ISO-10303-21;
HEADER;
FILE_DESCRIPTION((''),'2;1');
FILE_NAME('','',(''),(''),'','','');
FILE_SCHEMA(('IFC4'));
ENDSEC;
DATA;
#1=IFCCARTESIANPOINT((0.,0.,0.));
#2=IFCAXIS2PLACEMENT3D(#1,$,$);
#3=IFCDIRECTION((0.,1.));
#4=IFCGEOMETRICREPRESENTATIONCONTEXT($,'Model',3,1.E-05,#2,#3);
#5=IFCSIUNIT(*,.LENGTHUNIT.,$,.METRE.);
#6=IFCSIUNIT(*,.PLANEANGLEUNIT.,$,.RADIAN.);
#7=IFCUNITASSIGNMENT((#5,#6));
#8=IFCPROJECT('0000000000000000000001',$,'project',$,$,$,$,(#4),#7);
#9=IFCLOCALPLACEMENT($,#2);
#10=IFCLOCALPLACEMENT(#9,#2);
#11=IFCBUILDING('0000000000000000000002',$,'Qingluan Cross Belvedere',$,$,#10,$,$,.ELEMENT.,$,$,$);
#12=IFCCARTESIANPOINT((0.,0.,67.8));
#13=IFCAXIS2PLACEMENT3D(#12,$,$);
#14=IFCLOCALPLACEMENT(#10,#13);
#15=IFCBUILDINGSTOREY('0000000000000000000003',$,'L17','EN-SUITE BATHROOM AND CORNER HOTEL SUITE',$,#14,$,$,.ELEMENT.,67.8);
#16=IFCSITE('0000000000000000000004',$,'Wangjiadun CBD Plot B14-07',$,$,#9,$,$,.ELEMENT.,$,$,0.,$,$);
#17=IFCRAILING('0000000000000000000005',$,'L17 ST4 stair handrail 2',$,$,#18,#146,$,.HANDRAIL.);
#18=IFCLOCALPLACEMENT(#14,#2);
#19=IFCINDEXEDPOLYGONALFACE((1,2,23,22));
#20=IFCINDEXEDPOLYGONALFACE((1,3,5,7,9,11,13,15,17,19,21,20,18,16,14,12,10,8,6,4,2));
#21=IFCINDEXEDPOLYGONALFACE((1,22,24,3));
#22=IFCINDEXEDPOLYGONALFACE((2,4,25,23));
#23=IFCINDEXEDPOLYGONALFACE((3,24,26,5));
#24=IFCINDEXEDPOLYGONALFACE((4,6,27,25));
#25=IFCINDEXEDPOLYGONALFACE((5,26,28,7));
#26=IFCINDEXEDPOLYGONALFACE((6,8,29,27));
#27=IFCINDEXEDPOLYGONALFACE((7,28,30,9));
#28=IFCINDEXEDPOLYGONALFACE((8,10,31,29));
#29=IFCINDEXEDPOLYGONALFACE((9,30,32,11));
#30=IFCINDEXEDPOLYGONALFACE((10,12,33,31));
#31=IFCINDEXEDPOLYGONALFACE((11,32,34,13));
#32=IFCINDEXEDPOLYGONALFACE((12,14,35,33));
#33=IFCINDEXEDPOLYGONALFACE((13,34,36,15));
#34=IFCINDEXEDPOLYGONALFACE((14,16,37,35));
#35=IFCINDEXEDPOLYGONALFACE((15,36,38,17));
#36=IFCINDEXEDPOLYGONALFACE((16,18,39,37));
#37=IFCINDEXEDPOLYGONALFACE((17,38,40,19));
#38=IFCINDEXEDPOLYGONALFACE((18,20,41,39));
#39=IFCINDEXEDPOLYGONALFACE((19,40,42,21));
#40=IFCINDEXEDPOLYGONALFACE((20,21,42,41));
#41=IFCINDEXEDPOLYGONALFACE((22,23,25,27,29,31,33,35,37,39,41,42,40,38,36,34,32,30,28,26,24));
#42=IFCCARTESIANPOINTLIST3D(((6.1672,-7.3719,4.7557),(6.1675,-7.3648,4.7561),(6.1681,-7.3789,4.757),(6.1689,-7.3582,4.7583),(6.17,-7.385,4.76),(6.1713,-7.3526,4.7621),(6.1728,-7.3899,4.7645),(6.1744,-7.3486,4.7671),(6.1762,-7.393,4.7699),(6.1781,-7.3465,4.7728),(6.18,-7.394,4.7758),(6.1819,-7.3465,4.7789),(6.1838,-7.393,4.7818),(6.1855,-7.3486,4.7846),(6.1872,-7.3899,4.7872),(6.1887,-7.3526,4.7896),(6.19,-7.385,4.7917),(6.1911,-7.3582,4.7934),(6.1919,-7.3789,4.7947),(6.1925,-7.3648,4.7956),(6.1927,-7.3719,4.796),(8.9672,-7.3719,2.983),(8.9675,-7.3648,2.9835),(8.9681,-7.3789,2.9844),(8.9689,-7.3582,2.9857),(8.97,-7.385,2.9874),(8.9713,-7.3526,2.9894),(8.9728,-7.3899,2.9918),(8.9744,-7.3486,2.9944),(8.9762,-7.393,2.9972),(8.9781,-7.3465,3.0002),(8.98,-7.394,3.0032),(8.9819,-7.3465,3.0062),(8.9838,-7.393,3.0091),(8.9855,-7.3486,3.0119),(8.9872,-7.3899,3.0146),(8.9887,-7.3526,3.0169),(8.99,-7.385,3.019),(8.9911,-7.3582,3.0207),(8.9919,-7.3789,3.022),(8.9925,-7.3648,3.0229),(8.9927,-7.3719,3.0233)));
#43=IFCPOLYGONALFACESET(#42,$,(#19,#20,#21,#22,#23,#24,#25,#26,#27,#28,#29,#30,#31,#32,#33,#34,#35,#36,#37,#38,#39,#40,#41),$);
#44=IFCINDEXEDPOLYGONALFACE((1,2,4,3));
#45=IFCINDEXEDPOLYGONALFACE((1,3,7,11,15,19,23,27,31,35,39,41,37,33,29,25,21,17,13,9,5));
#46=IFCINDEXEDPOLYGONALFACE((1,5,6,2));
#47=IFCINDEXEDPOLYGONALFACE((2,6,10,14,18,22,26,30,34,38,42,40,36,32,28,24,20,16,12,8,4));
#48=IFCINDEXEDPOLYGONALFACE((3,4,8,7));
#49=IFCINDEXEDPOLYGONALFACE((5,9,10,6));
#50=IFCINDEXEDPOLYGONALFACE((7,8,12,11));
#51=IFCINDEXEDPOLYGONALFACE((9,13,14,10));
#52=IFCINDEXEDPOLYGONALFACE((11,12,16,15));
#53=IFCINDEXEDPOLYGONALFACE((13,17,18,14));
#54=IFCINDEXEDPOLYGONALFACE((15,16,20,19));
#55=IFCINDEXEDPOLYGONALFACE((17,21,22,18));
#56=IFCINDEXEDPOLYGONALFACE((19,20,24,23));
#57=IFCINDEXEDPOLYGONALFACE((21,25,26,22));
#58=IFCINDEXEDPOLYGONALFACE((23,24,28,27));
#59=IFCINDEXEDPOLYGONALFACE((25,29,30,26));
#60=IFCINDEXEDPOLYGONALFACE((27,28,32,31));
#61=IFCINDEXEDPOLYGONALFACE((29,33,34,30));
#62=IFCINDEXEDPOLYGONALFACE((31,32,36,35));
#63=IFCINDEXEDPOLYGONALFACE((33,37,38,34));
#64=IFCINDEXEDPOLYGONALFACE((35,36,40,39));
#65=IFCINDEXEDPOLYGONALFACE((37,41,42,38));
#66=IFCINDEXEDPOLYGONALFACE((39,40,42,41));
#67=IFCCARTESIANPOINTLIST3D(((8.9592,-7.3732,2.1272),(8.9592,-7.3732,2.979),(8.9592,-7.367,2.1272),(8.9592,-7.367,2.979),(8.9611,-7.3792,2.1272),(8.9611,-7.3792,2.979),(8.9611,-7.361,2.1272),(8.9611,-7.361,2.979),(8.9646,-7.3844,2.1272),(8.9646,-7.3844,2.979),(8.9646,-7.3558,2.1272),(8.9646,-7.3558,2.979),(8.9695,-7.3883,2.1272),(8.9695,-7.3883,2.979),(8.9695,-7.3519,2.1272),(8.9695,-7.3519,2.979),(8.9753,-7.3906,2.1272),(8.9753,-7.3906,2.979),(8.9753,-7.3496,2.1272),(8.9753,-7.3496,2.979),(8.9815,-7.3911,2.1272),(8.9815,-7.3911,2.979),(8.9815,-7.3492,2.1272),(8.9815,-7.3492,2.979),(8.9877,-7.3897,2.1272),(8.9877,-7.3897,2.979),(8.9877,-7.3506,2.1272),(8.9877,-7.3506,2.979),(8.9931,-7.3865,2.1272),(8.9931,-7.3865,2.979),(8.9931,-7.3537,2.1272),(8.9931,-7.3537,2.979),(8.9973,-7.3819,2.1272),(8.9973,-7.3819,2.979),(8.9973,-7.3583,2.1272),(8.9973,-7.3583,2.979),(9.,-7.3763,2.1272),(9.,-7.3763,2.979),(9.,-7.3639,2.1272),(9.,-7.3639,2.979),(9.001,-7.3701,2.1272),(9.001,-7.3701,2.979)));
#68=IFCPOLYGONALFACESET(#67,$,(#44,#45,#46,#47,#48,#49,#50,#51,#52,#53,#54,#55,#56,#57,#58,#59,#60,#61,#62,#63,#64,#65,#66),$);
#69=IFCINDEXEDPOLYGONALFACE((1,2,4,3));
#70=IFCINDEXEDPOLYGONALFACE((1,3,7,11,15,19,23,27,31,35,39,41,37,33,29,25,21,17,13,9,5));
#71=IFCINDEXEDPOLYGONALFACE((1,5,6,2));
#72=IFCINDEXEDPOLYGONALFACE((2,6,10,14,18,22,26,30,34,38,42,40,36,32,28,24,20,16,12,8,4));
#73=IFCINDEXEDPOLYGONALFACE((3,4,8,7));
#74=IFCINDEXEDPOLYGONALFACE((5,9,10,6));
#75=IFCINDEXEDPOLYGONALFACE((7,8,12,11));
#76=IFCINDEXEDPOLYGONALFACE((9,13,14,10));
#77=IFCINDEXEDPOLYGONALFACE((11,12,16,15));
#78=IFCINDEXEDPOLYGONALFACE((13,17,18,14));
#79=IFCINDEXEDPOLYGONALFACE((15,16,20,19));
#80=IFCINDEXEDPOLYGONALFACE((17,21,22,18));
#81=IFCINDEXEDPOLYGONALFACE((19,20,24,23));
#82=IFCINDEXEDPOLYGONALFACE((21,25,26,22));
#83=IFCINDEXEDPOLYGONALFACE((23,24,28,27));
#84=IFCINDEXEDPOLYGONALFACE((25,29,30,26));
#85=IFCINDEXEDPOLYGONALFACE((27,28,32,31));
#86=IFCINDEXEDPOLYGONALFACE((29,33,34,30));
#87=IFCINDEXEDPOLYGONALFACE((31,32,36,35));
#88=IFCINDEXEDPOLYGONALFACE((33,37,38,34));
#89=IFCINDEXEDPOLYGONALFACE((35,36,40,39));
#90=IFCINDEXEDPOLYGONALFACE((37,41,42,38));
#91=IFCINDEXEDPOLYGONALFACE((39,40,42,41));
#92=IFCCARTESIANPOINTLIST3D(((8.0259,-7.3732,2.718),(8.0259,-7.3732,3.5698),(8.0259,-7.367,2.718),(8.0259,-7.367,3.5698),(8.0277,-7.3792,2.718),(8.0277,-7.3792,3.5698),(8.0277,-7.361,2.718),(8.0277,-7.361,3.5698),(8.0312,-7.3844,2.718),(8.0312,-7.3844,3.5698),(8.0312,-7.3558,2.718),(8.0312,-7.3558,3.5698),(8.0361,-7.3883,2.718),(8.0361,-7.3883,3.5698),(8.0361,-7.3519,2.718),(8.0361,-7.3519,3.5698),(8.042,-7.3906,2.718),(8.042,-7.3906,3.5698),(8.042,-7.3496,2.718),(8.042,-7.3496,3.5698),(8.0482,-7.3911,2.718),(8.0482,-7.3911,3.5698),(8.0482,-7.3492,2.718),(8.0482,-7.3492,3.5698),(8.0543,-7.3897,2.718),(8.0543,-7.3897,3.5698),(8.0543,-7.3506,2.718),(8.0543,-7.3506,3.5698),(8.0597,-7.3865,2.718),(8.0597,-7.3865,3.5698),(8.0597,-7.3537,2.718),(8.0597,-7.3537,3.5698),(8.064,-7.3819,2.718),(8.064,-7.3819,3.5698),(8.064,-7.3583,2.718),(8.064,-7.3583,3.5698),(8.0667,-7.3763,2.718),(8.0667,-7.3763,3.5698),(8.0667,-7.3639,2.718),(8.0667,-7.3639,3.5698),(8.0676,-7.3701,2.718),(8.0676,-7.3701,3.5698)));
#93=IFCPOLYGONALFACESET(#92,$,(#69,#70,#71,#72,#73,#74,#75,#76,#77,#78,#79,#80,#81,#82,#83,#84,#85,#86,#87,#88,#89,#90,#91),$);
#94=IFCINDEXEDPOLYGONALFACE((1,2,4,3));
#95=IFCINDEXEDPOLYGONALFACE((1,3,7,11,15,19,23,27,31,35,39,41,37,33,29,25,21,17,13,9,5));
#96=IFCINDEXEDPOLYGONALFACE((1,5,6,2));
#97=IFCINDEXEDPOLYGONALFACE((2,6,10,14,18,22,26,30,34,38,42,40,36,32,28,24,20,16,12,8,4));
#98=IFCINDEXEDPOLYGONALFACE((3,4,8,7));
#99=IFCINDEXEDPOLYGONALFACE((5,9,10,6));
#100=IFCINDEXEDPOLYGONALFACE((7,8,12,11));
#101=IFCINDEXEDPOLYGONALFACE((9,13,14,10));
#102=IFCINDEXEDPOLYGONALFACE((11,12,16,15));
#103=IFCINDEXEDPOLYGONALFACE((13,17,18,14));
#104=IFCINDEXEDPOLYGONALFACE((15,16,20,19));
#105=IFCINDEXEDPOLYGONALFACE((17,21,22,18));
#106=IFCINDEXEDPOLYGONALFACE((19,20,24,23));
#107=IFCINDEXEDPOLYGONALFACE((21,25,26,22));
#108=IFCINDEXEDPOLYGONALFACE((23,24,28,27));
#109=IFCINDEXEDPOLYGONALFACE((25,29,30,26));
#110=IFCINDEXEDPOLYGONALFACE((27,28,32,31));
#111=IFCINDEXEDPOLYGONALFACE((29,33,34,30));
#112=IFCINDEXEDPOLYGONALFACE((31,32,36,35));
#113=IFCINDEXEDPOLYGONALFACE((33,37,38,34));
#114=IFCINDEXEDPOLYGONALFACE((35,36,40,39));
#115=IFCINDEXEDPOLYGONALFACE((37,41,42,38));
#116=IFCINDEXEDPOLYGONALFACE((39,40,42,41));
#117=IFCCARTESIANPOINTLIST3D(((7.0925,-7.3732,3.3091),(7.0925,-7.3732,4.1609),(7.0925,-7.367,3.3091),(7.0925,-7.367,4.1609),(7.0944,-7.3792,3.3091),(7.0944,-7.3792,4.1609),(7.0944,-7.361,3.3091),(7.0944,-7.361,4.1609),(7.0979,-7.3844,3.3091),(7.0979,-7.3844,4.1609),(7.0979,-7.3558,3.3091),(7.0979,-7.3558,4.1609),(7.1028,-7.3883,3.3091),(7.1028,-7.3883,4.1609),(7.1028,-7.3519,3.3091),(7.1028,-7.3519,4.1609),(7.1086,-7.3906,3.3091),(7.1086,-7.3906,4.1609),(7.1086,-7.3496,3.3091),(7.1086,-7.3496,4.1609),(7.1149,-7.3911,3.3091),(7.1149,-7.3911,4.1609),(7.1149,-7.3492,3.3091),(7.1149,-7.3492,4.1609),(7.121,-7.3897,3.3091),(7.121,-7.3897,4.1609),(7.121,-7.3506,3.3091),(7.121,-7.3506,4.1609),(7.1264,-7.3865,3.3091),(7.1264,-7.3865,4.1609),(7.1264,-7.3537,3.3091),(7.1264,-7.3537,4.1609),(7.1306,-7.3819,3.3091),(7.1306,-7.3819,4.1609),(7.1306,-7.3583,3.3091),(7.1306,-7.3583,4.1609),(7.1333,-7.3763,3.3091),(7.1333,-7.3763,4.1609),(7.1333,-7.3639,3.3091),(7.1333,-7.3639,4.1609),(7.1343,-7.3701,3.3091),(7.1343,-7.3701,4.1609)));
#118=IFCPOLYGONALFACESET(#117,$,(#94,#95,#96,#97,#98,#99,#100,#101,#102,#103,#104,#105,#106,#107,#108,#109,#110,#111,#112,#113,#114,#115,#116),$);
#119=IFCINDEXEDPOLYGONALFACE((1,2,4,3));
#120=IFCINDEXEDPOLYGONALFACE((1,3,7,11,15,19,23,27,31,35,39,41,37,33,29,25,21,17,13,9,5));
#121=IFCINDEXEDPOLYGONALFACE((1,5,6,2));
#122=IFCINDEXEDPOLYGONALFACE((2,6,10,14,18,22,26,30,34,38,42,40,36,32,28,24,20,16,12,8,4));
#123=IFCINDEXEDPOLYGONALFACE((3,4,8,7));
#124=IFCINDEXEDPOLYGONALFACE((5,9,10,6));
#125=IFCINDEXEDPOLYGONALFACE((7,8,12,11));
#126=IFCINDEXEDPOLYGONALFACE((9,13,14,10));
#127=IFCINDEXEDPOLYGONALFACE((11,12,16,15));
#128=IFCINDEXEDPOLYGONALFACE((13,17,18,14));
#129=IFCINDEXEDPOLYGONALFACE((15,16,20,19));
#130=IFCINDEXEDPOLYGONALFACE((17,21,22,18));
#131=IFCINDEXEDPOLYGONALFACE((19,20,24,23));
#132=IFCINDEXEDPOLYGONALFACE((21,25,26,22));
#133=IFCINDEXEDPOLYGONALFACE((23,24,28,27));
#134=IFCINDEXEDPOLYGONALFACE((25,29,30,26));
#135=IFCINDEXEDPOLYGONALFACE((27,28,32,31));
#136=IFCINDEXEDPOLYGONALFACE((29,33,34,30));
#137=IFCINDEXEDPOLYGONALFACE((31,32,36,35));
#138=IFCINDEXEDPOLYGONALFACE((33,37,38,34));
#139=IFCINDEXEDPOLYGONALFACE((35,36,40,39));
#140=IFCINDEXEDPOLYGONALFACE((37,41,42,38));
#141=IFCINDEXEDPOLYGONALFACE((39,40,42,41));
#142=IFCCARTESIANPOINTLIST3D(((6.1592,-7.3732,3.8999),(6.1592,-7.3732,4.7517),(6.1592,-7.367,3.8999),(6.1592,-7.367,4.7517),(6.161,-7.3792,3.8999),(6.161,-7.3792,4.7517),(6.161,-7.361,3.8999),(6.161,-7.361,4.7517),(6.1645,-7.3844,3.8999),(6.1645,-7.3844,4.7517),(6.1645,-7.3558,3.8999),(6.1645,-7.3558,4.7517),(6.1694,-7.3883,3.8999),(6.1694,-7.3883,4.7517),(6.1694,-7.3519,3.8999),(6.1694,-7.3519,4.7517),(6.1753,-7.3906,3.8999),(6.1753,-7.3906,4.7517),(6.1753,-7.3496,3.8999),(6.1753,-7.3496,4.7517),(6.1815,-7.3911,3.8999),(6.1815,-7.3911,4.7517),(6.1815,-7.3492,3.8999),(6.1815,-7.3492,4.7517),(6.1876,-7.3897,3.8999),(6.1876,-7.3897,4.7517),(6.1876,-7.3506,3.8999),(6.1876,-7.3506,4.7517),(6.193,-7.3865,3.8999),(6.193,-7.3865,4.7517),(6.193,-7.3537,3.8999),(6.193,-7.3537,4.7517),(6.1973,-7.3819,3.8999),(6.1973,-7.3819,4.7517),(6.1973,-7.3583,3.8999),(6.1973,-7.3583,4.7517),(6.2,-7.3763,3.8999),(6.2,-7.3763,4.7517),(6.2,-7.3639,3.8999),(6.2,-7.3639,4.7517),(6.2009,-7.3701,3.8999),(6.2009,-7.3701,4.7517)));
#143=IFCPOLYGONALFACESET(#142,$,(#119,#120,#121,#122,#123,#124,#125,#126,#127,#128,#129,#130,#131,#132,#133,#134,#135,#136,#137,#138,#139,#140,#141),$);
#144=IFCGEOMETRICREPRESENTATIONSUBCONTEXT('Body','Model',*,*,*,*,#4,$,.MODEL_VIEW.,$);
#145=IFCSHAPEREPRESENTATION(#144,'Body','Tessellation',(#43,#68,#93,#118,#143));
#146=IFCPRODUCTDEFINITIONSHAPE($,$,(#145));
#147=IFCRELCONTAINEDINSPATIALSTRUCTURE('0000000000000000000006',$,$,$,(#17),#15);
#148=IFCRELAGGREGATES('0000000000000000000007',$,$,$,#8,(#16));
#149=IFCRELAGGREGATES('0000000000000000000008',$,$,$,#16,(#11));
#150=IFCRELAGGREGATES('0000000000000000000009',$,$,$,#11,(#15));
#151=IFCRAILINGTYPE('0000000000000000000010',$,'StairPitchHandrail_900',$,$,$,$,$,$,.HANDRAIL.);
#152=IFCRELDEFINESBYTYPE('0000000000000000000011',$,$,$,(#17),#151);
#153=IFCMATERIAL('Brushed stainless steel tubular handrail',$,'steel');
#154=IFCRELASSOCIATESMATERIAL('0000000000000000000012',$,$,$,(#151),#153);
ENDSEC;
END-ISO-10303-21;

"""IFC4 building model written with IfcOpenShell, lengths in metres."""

from ifc_helpers import new_model, si_unit, direction, frame, origin, origin_2d, place, context, subcontext, project, spatial, circle, extrude, material, type_object, element, save


model = new_model("IFC4")

# Units and contexts
model_context = context("Model", 3, precision=1e-05, world=origin(), true_north=direction((0.0, 1.0)))
body_context = subcontext(model_context, "Body", "Model", "MODEL_VIEW")
ifc_project = project(units=[si_unit("LENGTHUNIT", "METRE"), si_unit("PLANEANGLEUNIT", "RADIAN")], contexts=[model_context])

# Site, building, storey
site_placement = place(None, origin())
site = spatial("IfcSite", under=ifc_project, at=site_placement, Name="Wangjiadun CBD Plot B14-07", CompositionType="ELEMENT", RefElevation=0.0)
building_placement = place(site_placement, origin())
building = spatial("IfcBuilding", under=site, at=building_placement, Name="Qingluan Cross Belvedere", CompositionType="ELEMENT")
storey_placement = place(building_placement, frame((0.0, 0.0, 67.8)))
storey = spatial("IfcBuildingStorey", under=building, at=storey_placement, Name="L17", Description="EN-SUITE BATHROOM AND CORNER HOTEL SUITE", CompositionType="ELEMENT", Elevation=67.8)

# Railing
ifc_material_1 = material(Name="Brushed stainless steel tubular handrail", Category="steel")
railing_type_1 = type_object("IfcRailingType", Name="StairPitchHandrail_900", PredefinedType="HANDRAIL", material=ifc_material_1)
for number, where, name in (
    (1, (8.98, -7.3701, 2.1272), "L17 ST4 stair handrail 2"),
):
    element("IfcRailing", number, at=place(storey_placement, frame(where)), inside=storey, type_object=railing_type_1, Name=name, PredefinedType="HANDRAIL", context=body_context, shape_type="SweptSolid", body=[
        extrude(circle(Radius=0.0239, at=origin_2d()), frame((0.0, 0.0, 0.876), z_axis=(-0.844909, 0.0, 0.53491), x_axis=(0.0, -1.0, 0.0)), (0.0, 0.0, 1.0), 3.314),
        extrude(circle(Radius=0.021, at=origin_2d()), origin(), (0.0, 0.0, 1.0), 0.8518),
        extrude(circle(Radius=0.021, at=origin_2d()), frame((-0.9333, 0.0, 0.5908)), (0.0, 0.0, 1.0), 0.8518),
        extrude(circle(Radius=0.021, at=origin_2d()), frame((-1.8667, 0.0, 1.1819)), (0.0, 0.0, 1.0), 0.8518),
        extrude(circle(Radius=0.021, at=origin_2d()), frame((-2.8, 0.0, 1.7727)), (0.0, 0.0, 1.0), 0.8518),
    ])

save(model, "model.ifc")
